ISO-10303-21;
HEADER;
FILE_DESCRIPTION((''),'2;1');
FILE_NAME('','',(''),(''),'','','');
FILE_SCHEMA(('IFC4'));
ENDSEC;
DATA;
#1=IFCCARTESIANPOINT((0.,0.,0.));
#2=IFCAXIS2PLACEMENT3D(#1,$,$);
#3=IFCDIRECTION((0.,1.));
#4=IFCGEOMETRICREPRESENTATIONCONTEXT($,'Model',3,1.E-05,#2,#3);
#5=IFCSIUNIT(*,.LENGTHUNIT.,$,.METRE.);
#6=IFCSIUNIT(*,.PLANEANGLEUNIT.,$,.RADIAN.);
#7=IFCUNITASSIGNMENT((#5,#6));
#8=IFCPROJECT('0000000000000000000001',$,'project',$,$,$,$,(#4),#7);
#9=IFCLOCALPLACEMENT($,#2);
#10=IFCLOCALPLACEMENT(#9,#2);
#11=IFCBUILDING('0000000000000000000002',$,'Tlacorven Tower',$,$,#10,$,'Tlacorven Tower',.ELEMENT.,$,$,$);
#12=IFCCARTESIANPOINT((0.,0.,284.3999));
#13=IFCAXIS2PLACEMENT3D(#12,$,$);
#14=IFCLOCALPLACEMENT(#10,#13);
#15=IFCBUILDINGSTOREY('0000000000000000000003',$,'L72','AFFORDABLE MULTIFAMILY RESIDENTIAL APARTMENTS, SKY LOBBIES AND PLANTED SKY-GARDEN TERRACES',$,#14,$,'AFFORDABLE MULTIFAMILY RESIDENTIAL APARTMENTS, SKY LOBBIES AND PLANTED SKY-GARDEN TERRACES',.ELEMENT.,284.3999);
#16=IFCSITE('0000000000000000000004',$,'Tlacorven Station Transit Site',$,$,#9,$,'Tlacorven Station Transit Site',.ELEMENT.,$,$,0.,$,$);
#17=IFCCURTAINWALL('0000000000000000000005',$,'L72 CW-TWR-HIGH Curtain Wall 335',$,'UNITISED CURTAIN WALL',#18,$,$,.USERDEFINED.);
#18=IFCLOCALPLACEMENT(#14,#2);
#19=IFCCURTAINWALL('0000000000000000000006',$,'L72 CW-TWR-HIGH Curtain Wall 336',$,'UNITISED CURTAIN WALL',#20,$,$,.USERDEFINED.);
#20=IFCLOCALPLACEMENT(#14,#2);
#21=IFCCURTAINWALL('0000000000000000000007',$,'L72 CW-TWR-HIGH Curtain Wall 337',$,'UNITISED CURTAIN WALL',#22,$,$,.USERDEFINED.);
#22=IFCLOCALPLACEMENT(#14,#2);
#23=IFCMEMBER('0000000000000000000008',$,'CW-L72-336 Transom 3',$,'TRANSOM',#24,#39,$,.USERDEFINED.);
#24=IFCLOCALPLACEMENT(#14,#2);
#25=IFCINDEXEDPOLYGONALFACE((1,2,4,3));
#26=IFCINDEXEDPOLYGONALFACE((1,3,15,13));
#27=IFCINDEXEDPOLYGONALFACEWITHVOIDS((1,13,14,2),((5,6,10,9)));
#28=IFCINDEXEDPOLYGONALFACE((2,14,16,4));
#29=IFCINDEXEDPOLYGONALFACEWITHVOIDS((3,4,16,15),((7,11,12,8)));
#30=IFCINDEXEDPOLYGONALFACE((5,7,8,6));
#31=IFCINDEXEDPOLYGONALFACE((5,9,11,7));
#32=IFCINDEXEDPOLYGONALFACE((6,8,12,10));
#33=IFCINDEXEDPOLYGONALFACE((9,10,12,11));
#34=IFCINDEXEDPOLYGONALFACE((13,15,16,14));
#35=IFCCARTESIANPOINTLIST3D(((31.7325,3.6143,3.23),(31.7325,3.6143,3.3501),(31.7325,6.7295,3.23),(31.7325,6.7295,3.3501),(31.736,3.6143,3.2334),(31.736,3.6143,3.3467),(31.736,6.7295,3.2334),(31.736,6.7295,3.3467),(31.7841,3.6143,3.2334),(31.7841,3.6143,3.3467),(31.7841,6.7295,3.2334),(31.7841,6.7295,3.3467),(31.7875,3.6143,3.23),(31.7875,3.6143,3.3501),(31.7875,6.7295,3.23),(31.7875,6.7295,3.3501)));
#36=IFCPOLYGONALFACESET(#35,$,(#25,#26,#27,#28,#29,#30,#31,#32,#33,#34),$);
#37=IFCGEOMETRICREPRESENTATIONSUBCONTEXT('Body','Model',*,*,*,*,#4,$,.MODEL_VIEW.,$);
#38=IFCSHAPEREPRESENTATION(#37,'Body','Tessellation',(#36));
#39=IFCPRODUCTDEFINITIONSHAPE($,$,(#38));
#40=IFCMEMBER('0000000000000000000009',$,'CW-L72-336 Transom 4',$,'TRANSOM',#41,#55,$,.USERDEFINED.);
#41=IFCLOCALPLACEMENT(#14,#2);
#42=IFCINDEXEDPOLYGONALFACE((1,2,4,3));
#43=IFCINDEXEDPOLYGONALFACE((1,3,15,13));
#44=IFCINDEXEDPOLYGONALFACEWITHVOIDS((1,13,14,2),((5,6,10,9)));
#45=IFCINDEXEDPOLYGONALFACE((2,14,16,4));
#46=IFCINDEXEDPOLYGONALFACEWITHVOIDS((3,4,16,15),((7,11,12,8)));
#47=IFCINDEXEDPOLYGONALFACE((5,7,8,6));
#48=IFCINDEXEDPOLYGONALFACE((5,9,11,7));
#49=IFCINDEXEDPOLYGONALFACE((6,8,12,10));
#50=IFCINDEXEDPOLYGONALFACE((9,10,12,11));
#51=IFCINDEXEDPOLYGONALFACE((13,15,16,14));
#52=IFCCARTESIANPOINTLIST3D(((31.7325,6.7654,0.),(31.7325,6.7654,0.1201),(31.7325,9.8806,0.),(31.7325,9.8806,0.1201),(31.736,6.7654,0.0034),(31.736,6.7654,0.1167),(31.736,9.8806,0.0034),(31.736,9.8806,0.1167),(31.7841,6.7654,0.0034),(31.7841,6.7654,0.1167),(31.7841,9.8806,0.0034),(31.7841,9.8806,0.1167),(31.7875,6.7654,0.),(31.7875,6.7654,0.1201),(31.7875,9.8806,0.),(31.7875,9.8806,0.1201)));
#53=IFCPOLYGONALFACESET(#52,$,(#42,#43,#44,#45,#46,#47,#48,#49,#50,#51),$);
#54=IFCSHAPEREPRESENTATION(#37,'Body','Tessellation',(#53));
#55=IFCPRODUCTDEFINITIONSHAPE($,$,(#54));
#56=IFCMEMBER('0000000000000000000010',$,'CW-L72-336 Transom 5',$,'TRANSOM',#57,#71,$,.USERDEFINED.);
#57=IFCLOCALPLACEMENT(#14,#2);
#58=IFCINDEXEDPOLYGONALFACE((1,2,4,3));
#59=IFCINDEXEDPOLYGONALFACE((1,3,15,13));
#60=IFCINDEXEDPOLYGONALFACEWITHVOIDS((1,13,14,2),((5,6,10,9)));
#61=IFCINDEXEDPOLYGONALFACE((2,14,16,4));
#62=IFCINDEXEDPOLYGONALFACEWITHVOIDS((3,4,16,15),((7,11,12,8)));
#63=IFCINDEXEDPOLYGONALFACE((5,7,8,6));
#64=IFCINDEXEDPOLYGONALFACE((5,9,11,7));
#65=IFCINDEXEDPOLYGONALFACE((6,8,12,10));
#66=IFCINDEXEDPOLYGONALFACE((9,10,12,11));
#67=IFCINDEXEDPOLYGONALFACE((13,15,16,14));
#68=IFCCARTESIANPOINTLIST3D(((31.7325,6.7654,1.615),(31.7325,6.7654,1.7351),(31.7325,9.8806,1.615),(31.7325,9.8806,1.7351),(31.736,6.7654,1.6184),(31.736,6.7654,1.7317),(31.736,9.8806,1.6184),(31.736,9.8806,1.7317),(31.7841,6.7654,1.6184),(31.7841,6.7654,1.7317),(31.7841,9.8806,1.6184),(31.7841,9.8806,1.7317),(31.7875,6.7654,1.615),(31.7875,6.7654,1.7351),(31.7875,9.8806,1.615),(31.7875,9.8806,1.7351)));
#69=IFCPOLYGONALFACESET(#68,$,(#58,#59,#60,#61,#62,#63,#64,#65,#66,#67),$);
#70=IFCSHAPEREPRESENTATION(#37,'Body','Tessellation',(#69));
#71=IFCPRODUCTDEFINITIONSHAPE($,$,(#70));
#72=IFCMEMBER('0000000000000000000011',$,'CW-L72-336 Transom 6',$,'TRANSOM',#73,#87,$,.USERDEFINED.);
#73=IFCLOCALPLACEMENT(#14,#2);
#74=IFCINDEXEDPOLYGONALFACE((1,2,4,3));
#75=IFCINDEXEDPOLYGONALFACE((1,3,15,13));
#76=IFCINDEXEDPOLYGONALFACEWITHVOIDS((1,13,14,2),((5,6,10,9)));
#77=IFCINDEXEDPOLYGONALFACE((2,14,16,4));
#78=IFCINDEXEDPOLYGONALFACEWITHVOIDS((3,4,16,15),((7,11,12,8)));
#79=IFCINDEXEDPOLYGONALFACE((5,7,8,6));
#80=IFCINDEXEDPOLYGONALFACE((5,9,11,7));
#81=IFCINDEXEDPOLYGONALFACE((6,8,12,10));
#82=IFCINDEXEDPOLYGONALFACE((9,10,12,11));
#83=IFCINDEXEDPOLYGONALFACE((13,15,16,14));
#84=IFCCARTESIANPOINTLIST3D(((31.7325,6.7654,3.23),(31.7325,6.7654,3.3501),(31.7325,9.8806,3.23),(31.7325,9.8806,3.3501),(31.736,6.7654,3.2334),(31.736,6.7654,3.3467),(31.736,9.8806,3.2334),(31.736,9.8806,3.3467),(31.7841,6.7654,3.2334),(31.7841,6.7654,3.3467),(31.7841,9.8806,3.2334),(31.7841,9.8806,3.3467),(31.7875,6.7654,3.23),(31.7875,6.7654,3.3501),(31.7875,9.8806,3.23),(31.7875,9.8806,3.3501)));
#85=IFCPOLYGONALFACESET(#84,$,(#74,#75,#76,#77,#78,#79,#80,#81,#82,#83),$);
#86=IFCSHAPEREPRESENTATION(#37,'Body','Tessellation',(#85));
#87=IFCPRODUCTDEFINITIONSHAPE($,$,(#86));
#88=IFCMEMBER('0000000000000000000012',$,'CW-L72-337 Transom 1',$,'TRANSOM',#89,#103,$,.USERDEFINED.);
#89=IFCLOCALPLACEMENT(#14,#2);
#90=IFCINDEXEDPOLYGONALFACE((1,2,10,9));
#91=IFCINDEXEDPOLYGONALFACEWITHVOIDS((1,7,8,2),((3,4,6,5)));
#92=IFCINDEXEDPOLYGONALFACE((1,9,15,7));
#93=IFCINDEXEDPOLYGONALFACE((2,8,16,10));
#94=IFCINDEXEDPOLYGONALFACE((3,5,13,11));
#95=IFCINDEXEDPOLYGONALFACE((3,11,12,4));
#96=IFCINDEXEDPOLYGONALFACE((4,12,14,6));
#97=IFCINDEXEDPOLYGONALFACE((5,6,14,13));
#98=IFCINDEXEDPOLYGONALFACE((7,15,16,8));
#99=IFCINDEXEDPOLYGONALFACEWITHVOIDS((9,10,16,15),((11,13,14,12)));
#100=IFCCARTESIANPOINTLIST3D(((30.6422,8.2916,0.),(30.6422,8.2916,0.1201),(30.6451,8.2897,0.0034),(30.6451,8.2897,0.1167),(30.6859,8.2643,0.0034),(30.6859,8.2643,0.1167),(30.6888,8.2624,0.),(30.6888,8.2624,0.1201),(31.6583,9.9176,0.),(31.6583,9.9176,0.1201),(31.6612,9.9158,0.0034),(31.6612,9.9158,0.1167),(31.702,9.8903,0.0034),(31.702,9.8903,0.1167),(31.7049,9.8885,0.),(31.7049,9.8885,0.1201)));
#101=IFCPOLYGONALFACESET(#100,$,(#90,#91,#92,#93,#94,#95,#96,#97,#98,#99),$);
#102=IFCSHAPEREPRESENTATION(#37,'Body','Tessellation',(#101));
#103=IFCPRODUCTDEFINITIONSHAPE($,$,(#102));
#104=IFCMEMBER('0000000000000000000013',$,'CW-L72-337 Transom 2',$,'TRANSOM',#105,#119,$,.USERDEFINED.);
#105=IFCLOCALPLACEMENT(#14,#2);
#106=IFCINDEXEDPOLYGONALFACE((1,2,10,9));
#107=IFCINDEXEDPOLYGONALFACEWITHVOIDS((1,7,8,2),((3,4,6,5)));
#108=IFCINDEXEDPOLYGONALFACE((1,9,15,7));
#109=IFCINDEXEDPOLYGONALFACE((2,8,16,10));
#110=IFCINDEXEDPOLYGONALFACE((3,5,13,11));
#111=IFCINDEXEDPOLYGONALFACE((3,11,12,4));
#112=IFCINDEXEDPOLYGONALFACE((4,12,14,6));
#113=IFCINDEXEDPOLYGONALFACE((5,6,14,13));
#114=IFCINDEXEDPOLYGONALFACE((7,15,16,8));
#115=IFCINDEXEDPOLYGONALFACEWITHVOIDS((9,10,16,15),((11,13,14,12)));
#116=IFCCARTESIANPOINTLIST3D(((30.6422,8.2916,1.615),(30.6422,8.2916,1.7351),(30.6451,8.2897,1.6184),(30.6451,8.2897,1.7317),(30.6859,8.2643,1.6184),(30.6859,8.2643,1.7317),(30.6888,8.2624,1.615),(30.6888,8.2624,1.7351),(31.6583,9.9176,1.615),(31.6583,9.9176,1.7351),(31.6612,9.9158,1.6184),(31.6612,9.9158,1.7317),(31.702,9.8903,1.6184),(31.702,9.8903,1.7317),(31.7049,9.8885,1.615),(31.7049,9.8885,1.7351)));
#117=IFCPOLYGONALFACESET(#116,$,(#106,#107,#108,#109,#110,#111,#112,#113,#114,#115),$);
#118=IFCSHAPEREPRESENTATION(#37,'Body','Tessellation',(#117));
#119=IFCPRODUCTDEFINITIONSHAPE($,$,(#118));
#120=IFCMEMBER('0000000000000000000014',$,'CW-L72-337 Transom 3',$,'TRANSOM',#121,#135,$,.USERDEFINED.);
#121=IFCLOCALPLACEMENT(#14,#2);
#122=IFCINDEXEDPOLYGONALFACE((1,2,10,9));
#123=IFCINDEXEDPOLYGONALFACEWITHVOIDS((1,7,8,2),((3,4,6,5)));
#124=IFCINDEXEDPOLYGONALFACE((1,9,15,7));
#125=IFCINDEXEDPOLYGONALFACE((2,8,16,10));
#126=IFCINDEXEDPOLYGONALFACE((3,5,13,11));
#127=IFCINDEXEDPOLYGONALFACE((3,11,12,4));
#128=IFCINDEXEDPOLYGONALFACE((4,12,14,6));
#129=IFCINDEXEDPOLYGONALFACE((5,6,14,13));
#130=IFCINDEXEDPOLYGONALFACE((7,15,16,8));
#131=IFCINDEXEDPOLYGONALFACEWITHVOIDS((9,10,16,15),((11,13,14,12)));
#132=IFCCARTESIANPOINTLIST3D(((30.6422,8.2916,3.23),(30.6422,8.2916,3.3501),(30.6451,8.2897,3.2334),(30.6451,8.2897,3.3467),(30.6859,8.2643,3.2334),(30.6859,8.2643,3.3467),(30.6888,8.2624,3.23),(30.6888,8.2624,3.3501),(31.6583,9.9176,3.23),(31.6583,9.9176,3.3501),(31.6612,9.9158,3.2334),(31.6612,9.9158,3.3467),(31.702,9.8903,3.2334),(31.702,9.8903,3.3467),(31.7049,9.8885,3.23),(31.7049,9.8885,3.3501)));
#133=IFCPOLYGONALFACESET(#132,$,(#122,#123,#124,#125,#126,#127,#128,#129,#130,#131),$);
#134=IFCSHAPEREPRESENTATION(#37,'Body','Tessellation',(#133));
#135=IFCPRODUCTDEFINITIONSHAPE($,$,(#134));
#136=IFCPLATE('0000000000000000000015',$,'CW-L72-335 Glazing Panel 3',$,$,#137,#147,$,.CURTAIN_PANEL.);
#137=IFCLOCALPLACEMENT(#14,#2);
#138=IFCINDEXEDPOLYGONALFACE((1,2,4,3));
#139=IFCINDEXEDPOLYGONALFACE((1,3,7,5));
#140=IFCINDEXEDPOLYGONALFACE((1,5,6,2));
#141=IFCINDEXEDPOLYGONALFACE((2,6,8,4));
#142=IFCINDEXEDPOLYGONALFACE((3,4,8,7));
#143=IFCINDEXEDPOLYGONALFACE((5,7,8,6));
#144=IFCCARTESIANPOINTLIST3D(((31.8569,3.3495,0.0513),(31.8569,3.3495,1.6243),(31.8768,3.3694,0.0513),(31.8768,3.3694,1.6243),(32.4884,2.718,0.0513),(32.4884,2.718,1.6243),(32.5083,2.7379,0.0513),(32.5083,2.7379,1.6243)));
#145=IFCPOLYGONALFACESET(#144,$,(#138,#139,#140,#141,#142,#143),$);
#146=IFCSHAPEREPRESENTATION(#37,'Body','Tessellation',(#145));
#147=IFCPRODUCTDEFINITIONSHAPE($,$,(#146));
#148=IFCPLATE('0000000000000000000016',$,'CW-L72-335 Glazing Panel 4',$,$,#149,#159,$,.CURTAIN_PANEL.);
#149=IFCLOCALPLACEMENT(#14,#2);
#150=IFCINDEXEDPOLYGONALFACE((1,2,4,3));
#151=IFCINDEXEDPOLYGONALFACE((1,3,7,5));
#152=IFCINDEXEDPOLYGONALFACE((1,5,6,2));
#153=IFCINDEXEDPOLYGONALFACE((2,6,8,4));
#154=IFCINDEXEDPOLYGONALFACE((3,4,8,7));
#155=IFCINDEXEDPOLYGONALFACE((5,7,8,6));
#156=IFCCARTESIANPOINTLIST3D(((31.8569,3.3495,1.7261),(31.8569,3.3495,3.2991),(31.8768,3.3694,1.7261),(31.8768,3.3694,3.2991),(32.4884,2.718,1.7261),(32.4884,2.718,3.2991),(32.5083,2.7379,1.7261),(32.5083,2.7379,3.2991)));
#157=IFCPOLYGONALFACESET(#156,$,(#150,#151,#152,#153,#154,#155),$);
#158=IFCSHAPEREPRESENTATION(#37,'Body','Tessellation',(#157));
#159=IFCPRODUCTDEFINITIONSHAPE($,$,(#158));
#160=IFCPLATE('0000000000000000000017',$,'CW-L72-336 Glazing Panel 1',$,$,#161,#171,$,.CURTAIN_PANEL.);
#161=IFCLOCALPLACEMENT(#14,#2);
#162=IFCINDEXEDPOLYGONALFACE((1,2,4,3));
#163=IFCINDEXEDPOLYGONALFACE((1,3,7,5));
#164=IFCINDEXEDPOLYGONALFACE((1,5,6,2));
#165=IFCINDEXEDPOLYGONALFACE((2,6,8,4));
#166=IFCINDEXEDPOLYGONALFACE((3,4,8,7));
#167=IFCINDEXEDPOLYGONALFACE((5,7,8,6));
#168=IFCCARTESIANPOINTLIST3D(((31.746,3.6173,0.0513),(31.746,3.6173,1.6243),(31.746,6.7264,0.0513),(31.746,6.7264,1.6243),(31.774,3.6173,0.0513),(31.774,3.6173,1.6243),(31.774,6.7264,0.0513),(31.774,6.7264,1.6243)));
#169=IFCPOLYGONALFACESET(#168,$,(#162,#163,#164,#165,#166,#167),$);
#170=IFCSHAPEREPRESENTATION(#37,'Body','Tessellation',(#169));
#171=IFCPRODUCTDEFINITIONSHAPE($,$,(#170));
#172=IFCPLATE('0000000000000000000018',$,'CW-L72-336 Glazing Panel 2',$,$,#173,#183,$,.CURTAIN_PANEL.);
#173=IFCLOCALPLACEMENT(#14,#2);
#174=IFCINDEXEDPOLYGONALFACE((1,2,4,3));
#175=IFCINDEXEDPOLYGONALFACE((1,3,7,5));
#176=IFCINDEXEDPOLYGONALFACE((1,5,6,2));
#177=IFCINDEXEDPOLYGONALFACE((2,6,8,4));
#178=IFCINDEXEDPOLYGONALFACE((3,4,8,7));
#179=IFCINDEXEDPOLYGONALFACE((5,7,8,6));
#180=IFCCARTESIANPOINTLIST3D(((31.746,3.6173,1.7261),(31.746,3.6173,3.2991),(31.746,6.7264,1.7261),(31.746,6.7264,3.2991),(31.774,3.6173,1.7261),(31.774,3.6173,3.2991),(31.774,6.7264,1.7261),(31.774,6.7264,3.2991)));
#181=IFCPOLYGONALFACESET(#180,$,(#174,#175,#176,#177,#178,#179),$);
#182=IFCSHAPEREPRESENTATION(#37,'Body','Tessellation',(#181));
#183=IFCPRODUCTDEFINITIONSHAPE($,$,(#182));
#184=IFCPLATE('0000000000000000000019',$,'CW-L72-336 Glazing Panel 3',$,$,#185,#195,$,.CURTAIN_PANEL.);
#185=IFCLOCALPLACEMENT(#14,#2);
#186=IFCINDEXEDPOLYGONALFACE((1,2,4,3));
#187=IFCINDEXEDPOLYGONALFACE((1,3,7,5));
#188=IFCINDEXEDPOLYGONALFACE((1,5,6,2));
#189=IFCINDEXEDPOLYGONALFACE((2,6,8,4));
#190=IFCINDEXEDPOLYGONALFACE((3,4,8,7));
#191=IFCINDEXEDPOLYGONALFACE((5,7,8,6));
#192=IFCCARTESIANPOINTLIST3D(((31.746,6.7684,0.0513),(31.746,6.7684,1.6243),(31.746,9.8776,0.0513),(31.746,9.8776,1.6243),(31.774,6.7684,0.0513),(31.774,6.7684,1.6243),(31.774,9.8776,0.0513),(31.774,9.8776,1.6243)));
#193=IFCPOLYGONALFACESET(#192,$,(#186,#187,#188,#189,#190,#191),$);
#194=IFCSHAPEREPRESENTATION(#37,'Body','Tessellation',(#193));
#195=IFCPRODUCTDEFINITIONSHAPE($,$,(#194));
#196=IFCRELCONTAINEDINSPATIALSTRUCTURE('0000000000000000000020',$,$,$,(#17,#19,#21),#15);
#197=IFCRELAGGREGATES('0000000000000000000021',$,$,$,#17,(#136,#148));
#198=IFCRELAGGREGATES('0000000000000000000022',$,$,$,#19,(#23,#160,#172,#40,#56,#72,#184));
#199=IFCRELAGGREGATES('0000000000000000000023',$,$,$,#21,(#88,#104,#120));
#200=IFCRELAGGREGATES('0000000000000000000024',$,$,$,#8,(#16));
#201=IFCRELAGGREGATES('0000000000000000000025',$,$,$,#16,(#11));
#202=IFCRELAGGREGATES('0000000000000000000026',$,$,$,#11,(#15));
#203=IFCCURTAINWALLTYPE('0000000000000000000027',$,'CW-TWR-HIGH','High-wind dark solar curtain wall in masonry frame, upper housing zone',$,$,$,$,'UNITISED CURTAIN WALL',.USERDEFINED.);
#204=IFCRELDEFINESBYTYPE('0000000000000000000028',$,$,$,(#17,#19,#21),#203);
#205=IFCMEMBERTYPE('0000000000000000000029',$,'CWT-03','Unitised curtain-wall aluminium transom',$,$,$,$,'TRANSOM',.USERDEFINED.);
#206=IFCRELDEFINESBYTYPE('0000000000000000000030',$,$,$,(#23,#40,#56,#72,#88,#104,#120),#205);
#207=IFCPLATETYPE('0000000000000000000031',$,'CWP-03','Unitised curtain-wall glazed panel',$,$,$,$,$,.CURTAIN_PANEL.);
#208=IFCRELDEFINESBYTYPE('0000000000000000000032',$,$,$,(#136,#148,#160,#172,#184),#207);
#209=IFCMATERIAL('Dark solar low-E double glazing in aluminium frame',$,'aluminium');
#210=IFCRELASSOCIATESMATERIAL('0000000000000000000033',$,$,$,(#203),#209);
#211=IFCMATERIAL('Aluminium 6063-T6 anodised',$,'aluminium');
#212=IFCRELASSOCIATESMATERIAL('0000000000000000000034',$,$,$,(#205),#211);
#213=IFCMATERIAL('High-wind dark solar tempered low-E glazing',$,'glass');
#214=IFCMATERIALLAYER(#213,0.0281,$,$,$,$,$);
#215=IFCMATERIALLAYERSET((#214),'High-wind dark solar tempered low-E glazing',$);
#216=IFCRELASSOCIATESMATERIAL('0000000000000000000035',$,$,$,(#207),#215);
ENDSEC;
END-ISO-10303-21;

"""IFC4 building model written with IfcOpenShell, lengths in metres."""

from ifc_helpers import new_model, si_unit, direction, frame, origin, origin_2d, place, context, subcontext, project, spatial, rectangle, hollow_rectangle, extrude, source, transform, mapped, material, layer, layer_set, material_profile, profile_set, type_object, element, aggregate, save


model = new_model("IFC4")

# Units and contexts
model_context = context("Model", 3, precision=1e-05, world=origin(), true_north=direction((0.0, 1.0)))
body_context = subcontext(model_context, "Body", "Model", "MODEL_VIEW")
ifc_project = project(units=[si_unit("LENGTHUNIT", "METRE"), si_unit("PLANEANGLEUNIT", "RADIAN")], contexts=[model_context])

# Site, building, storey
site_placement = place(None, origin())
site = spatial("IfcSite", under=ifc_project, at=site_placement, Name="Tlacorven Station Transit Site", LongName="Tlacorven Station Transit Site", CompositionType="ELEMENT", RefElevation=0.0)
building_placement = place(site_placement, origin())
building = spatial("IfcBuilding", under=site, at=building_placement, Name="Tlacorven Tower", LongName="Tlacorven Tower", CompositionType="ELEMENT")
storey_placement = place(building_placement, frame((0.0, 0.0, 284.3999)))
storey = spatial("IfcBuildingStorey", under=building, at=storey_placement, Name="L72", Description="AFFORDABLE MULTIFAMILY RESIDENTIAL APARTMENTS, SKY LOBBIES AND PLANTED SKY-GARDEN TERRACES", LongName="AFFORDABLE MULTIFAMILY RESIDENTIAL APARTMENTS, SKY LOBBIES AND PLANTED SKY-GARDEN TERRACES", CompositionType="ELEMENT", Elevation=284.3999)

# Curtain walls
ifc_material_1 = material(Name="Dark solar low-E double glazing in aluminium frame", Category="aluminium")
curtain_wall_type = type_object("IfcCurtainWallType", Name="CW-TWR-HIGH", Description="High-wind dark solar curtain wall in masonry frame, upper housing zone", ElementType="UNITISED CURTAIN WALL", PredefinedType="USERDEFINED", material=ifc_material_1)
curtain_wall_1_placement = place(storey_placement, origin())
curtain_wall_1 = element("IfcCurtainWall", 1, at=curtain_wall_1_placement, inside=storey, type_object=curtain_wall_type, Name="L72 CW-TWR-HIGH Curtain Wall 335", ObjectType="UNITISED CURTAIN WALL", PredefinedType="USERDEFINED")
ifc_material_2 = material(Name="Aluminium 6063-T6 anodised", Category="aluminium")
curtain_wall_2_placement = place(storey_placement, origin())
curtain_wall_2 = element("IfcCurtainWall", 2, at=curtain_wall_2_placement, inside=storey, type_object=curtain_wall_type, Name="L72 CW-TWR-HIGH Curtain Wall 336", ObjectType="UNITISED CURTAIN WALL", PredefinedType="USERDEFINED")

# Curtain wall
curtain_wall_3_placement = place(storey_placement, origin())
curtain_wall_3 = element("IfcCurtainWall", 3, at=curtain_wall_3_placement, inside=storey, type_object=curtain_wall_type, Name="L72 CW-TWR-HIGH Curtain Wall 337", ObjectType="UNITISED CURTAIN WALL", PredefinedType="USERDEFINED")

# Members
ifc_material_profile_1 = material_profile(ifc_material_2, hollow_rectangle(XDim=0.0549, YDim=0.1201, WallThickness=0.0034, at=origin_2d()), Name="ALU TRANSOM 55X120")
ifc_profile_set_1 = profile_set([ifc_material_profile_1], Name="Aluminium 6063-T6 anodised")
member_type_1 = type_object("IfcMemberType", Name="CWT-03", Description="Unitised curtain-wall aluminium transom", ElementType="TRANSOM", PredefinedType="USERDEFINED", material=ifc_profile_set_1)
shared_shape_1 = source(origin(), body_context, "Body", "SweptSolid", [
    extrude(hollow_rectangle(XDim=0.0549, YDim=0.1201, WallThickness=0.0034, at=origin_2d()), origin(), (0.0, 0.0, 1.0), 3.1152),
])
member_1_placement = place(storey_placement, frame((31.76, 3.6143, 3.29), z_axis=(0.0, 1.0, 0.0), x_axis=(-1.0, 0.0, 0.0)))
member_1 = element("IfcMember", 4, at=member_1_placement, type_object=member_type_1, Name="CW-L72-336 Transom 3", ObjectType="TRANSOM", PredefinedType="USERDEFINED", context=body_context, shape_type="MappedRepresentation", body=[
    mapped(shared_shape_1, transform((0.0, 0.0, 0.0), scale=1.0)),
])
member_2_placement = place(storey_placement, frame((31.76, 6.7654, 0.0601), z_axis=(0.0, 1.0, 0.0), x_axis=(-1.0, 0.0, 0.0)))
member_2 = element("IfcMember", 5, at=member_2_placement, type_object=member_type_1, Name="CW-L72-336 Transom 4", ObjectType="TRANSOM", PredefinedType="USERDEFINED", context=body_context, shape_type="MappedRepresentation", body=[
    mapped(shared_shape_1, transform((0.0, 0.0, 0.0), scale=1.0)),
])
member_3_placement = place(storey_placement, frame((31.76, 6.7654, 1.675), z_axis=(0.0, 1.0, 0.0), x_axis=(-1.0, 0.0, 0.0)))
member_3 = element("IfcMember", 6, at=member_3_placement, type_object=member_type_1, Name="CW-L72-336 Transom 5", ObjectType="TRANSOM", PredefinedType="USERDEFINED", context=body_context, shape_type="MappedRepresentation", body=[
    mapped(shared_shape_1, transform((0.0, 0.0, 0.0), scale=1.0)),
])
member_4_placement = place(storey_placement, frame((31.76, 6.7654, 3.29), z_axis=(0.0, 1.0, 0.0), x_axis=(-1.0, 0.0, 0.0)))
member_4 = element("IfcMember", 7, at=member_4_placement, type_object=member_type_1, Name="CW-L72-336 Transom 6", ObjectType="TRANSOM", PredefinedType="USERDEFINED", context=body_context, shape_type="MappedRepresentation", body=[
    mapped(shared_shape_1, transform((0.0, 0.0, 0.0), scale=1.0)),
])
shared_shape_2 = source(origin(), body_context, "Body", "SweptSolid", [
    extrude(hollow_rectangle(XDim=0.0549, YDim=0.1201, WallThickness=0.0034, at=origin_2d()), origin(), (0.0, 0.0, 1.0), 1.9175),
])
member_5_placement = place(storey_placement, frame((31.6816, 9.9031, 0.0601), z_axis=(-0.529953, -0.848027, 0.0), x_axis=(0.848027, -0.529953, 0.0)))
member_5 = element("IfcMember", 8, at=member_5_placement, type_object=member_type_1, Name="CW-L72-337 Transom 1", ObjectType="TRANSOM", PredefinedType="USERDEFINED", context=body_context, shape_type="MappedRepresentation", body=[
    mapped(shared_shape_2, transform((0.0, 0.0, 0.0), scale=1.0)),
])
member_6_placement = place(storey_placement, frame((31.6816, 9.9031, 1.675), z_axis=(-0.529953, -0.848027, 0.0), x_axis=(0.848027, -0.529953, 0.0)))
member_6 = element("IfcMember", 9, at=member_6_placement, type_object=member_type_1, Name="CW-L72-337 Transom 2", ObjectType="TRANSOM", PredefinedType="USERDEFINED", context=body_context, shape_type="MappedRepresentation", body=[
    mapped(shared_shape_2, transform((0.0, 0.0, 0.0), scale=1.0)),
])
member_7_placement = place(storey_placement, frame((31.6816, 9.9031, 3.29), z_axis=(-0.529953, -0.848027, 0.0), x_axis=(0.848027, -0.529953, 0.0)))
member_7 = element("IfcMember", 10, at=member_7_placement, type_object=member_type_1, Name="CW-L72-337 Transom 3", ObjectType="TRANSOM", PredefinedType="USERDEFINED", context=body_context, shape_type="MappedRepresentation", body=[
    mapped(shared_shape_2, transform((0.0, 0.0, 0.0), scale=1.0)),
])

# Plates
ifc_material_3 = material(Name="High-wind dark solar tempered low-E glazing", Category="glass")
ifc_layer_1 = layer(ifc_material_3, 0.0281)
ifc_layer_set_1 = layer_set([ifc_layer_1], Name="High-wind dark solar tempered low-E glazing")
plate_type = type_object("IfcPlateType", Name="CWP-03", Description="Unitised curtain-wall glazed panel", PredefinedType="CURTAIN_PANEL", material=ifc_layer_set_1)
shared_shape_3 = source(origin(), body_context, "Body", "SweptSolid", [
    extrude(rectangle(XDim=0.8931, YDim=0.0281, at=origin_2d()), origin(), (0.0, 0.0, 1.0), 1.573),
])
plate_1_placement = place(storey_placement, frame((32.1826, 3.0437, 0.0513), z_axis=(0.0, 0.0, 1.0), x_axis=(-0.707107, 0.707107, 0.0)))
plate_1 = element("IfcPlate", 11, at=plate_1_placement, type_object=plate_type, Name="CW-L72-335 Glazing Panel 3", PredefinedType="CURTAIN_PANEL", context=body_context, shape_type="MappedRepresentation", body=[
    mapped(shared_shape_3, transform((0.0, 0.0, 0.0), scale=1.0)),
])
plate_2_placement = place(storey_placement, frame((32.1826, 3.0437, 1.7261), z_axis=(0.0, 0.0, 1.0), x_axis=(-0.707107, 0.707107, 0.0)))
plate_2 = element("IfcPlate", 12, at=plate_2_placement, type_object=plate_type, Name="CW-L72-335 Glazing Panel 4", PredefinedType="CURTAIN_PANEL", context=body_context, shape_type="MappedRepresentation", body=[
    mapped(shared_shape_3, transform((0.0, 0.0, 0.0), scale=1.0)),
])
aggregate(curtain_wall_1, [plate_1, plate_2])
shared_shape_4 = source(origin(), body_context, "Body", "SweptSolid", [
    extrude(rectangle(XDim=3.1091, YDim=0.0281, at=origin_2d()), origin(), (0.0, 0.0, 1.0), 1.573),
])
plate_3_placement = place(storey_placement, frame((31.76, 5.1719, 0.0513), z_axis=(0.0, 0.0, 1.0), x_axis=(0.0, 1.0, 0.0)))
plate_3 = element("IfcPlate", 13, at=plate_3_placement, type_object=plate_type, Name="CW-L72-336 Glazing Panel 1", PredefinedType="CURTAIN_PANEL", context=body_context, shape_type="MappedRepresentation", body=[
    mapped(shared_shape_4, transform((0.0, 0.0, 0.0), scale=1.0)),
])
plate_4_placement = place(storey_placement, frame((31.76, 5.1719, 1.7261), z_axis=(0.0, 0.0, 1.0), x_axis=(0.0, 1.0, 0.0)))
plate_4 = element("IfcPlate", 14, at=plate_4_placement, type_object=plate_type, Name="CW-L72-336 Glazing Panel 2", PredefinedType="CURTAIN_PANEL", context=body_context, shape_type="MappedRepresentation", body=[
    mapped(shared_shape_4, transform((0.0, 0.0, 0.0), scale=1.0)),
])
plate_5_placement = place(storey_placement, frame((31.76, 8.323, 0.0513), z_axis=(0.0, 0.0, 1.0), x_axis=(0.0, 1.0, 0.0)))
plate_5 = element("IfcPlate", 15, at=plate_5_placement, type_object=plate_type, Name="CW-L72-336 Glazing Panel 3", PredefinedType="CURTAIN_PANEL", context=body_context, shape_type="MappedRepresentation", body=[
    mapped(shared_shape_4, transform((0.0, 0.0, 0.0), scale=1.0)),
])
aggregate(curtain_wall_2, [member_1, plate_3, plate_4, member_2, member_3, member_4, plate_5])
aggregate(curtain_wall_3, [member_5, member_6, member_7])

save(model, "model.ifc")
